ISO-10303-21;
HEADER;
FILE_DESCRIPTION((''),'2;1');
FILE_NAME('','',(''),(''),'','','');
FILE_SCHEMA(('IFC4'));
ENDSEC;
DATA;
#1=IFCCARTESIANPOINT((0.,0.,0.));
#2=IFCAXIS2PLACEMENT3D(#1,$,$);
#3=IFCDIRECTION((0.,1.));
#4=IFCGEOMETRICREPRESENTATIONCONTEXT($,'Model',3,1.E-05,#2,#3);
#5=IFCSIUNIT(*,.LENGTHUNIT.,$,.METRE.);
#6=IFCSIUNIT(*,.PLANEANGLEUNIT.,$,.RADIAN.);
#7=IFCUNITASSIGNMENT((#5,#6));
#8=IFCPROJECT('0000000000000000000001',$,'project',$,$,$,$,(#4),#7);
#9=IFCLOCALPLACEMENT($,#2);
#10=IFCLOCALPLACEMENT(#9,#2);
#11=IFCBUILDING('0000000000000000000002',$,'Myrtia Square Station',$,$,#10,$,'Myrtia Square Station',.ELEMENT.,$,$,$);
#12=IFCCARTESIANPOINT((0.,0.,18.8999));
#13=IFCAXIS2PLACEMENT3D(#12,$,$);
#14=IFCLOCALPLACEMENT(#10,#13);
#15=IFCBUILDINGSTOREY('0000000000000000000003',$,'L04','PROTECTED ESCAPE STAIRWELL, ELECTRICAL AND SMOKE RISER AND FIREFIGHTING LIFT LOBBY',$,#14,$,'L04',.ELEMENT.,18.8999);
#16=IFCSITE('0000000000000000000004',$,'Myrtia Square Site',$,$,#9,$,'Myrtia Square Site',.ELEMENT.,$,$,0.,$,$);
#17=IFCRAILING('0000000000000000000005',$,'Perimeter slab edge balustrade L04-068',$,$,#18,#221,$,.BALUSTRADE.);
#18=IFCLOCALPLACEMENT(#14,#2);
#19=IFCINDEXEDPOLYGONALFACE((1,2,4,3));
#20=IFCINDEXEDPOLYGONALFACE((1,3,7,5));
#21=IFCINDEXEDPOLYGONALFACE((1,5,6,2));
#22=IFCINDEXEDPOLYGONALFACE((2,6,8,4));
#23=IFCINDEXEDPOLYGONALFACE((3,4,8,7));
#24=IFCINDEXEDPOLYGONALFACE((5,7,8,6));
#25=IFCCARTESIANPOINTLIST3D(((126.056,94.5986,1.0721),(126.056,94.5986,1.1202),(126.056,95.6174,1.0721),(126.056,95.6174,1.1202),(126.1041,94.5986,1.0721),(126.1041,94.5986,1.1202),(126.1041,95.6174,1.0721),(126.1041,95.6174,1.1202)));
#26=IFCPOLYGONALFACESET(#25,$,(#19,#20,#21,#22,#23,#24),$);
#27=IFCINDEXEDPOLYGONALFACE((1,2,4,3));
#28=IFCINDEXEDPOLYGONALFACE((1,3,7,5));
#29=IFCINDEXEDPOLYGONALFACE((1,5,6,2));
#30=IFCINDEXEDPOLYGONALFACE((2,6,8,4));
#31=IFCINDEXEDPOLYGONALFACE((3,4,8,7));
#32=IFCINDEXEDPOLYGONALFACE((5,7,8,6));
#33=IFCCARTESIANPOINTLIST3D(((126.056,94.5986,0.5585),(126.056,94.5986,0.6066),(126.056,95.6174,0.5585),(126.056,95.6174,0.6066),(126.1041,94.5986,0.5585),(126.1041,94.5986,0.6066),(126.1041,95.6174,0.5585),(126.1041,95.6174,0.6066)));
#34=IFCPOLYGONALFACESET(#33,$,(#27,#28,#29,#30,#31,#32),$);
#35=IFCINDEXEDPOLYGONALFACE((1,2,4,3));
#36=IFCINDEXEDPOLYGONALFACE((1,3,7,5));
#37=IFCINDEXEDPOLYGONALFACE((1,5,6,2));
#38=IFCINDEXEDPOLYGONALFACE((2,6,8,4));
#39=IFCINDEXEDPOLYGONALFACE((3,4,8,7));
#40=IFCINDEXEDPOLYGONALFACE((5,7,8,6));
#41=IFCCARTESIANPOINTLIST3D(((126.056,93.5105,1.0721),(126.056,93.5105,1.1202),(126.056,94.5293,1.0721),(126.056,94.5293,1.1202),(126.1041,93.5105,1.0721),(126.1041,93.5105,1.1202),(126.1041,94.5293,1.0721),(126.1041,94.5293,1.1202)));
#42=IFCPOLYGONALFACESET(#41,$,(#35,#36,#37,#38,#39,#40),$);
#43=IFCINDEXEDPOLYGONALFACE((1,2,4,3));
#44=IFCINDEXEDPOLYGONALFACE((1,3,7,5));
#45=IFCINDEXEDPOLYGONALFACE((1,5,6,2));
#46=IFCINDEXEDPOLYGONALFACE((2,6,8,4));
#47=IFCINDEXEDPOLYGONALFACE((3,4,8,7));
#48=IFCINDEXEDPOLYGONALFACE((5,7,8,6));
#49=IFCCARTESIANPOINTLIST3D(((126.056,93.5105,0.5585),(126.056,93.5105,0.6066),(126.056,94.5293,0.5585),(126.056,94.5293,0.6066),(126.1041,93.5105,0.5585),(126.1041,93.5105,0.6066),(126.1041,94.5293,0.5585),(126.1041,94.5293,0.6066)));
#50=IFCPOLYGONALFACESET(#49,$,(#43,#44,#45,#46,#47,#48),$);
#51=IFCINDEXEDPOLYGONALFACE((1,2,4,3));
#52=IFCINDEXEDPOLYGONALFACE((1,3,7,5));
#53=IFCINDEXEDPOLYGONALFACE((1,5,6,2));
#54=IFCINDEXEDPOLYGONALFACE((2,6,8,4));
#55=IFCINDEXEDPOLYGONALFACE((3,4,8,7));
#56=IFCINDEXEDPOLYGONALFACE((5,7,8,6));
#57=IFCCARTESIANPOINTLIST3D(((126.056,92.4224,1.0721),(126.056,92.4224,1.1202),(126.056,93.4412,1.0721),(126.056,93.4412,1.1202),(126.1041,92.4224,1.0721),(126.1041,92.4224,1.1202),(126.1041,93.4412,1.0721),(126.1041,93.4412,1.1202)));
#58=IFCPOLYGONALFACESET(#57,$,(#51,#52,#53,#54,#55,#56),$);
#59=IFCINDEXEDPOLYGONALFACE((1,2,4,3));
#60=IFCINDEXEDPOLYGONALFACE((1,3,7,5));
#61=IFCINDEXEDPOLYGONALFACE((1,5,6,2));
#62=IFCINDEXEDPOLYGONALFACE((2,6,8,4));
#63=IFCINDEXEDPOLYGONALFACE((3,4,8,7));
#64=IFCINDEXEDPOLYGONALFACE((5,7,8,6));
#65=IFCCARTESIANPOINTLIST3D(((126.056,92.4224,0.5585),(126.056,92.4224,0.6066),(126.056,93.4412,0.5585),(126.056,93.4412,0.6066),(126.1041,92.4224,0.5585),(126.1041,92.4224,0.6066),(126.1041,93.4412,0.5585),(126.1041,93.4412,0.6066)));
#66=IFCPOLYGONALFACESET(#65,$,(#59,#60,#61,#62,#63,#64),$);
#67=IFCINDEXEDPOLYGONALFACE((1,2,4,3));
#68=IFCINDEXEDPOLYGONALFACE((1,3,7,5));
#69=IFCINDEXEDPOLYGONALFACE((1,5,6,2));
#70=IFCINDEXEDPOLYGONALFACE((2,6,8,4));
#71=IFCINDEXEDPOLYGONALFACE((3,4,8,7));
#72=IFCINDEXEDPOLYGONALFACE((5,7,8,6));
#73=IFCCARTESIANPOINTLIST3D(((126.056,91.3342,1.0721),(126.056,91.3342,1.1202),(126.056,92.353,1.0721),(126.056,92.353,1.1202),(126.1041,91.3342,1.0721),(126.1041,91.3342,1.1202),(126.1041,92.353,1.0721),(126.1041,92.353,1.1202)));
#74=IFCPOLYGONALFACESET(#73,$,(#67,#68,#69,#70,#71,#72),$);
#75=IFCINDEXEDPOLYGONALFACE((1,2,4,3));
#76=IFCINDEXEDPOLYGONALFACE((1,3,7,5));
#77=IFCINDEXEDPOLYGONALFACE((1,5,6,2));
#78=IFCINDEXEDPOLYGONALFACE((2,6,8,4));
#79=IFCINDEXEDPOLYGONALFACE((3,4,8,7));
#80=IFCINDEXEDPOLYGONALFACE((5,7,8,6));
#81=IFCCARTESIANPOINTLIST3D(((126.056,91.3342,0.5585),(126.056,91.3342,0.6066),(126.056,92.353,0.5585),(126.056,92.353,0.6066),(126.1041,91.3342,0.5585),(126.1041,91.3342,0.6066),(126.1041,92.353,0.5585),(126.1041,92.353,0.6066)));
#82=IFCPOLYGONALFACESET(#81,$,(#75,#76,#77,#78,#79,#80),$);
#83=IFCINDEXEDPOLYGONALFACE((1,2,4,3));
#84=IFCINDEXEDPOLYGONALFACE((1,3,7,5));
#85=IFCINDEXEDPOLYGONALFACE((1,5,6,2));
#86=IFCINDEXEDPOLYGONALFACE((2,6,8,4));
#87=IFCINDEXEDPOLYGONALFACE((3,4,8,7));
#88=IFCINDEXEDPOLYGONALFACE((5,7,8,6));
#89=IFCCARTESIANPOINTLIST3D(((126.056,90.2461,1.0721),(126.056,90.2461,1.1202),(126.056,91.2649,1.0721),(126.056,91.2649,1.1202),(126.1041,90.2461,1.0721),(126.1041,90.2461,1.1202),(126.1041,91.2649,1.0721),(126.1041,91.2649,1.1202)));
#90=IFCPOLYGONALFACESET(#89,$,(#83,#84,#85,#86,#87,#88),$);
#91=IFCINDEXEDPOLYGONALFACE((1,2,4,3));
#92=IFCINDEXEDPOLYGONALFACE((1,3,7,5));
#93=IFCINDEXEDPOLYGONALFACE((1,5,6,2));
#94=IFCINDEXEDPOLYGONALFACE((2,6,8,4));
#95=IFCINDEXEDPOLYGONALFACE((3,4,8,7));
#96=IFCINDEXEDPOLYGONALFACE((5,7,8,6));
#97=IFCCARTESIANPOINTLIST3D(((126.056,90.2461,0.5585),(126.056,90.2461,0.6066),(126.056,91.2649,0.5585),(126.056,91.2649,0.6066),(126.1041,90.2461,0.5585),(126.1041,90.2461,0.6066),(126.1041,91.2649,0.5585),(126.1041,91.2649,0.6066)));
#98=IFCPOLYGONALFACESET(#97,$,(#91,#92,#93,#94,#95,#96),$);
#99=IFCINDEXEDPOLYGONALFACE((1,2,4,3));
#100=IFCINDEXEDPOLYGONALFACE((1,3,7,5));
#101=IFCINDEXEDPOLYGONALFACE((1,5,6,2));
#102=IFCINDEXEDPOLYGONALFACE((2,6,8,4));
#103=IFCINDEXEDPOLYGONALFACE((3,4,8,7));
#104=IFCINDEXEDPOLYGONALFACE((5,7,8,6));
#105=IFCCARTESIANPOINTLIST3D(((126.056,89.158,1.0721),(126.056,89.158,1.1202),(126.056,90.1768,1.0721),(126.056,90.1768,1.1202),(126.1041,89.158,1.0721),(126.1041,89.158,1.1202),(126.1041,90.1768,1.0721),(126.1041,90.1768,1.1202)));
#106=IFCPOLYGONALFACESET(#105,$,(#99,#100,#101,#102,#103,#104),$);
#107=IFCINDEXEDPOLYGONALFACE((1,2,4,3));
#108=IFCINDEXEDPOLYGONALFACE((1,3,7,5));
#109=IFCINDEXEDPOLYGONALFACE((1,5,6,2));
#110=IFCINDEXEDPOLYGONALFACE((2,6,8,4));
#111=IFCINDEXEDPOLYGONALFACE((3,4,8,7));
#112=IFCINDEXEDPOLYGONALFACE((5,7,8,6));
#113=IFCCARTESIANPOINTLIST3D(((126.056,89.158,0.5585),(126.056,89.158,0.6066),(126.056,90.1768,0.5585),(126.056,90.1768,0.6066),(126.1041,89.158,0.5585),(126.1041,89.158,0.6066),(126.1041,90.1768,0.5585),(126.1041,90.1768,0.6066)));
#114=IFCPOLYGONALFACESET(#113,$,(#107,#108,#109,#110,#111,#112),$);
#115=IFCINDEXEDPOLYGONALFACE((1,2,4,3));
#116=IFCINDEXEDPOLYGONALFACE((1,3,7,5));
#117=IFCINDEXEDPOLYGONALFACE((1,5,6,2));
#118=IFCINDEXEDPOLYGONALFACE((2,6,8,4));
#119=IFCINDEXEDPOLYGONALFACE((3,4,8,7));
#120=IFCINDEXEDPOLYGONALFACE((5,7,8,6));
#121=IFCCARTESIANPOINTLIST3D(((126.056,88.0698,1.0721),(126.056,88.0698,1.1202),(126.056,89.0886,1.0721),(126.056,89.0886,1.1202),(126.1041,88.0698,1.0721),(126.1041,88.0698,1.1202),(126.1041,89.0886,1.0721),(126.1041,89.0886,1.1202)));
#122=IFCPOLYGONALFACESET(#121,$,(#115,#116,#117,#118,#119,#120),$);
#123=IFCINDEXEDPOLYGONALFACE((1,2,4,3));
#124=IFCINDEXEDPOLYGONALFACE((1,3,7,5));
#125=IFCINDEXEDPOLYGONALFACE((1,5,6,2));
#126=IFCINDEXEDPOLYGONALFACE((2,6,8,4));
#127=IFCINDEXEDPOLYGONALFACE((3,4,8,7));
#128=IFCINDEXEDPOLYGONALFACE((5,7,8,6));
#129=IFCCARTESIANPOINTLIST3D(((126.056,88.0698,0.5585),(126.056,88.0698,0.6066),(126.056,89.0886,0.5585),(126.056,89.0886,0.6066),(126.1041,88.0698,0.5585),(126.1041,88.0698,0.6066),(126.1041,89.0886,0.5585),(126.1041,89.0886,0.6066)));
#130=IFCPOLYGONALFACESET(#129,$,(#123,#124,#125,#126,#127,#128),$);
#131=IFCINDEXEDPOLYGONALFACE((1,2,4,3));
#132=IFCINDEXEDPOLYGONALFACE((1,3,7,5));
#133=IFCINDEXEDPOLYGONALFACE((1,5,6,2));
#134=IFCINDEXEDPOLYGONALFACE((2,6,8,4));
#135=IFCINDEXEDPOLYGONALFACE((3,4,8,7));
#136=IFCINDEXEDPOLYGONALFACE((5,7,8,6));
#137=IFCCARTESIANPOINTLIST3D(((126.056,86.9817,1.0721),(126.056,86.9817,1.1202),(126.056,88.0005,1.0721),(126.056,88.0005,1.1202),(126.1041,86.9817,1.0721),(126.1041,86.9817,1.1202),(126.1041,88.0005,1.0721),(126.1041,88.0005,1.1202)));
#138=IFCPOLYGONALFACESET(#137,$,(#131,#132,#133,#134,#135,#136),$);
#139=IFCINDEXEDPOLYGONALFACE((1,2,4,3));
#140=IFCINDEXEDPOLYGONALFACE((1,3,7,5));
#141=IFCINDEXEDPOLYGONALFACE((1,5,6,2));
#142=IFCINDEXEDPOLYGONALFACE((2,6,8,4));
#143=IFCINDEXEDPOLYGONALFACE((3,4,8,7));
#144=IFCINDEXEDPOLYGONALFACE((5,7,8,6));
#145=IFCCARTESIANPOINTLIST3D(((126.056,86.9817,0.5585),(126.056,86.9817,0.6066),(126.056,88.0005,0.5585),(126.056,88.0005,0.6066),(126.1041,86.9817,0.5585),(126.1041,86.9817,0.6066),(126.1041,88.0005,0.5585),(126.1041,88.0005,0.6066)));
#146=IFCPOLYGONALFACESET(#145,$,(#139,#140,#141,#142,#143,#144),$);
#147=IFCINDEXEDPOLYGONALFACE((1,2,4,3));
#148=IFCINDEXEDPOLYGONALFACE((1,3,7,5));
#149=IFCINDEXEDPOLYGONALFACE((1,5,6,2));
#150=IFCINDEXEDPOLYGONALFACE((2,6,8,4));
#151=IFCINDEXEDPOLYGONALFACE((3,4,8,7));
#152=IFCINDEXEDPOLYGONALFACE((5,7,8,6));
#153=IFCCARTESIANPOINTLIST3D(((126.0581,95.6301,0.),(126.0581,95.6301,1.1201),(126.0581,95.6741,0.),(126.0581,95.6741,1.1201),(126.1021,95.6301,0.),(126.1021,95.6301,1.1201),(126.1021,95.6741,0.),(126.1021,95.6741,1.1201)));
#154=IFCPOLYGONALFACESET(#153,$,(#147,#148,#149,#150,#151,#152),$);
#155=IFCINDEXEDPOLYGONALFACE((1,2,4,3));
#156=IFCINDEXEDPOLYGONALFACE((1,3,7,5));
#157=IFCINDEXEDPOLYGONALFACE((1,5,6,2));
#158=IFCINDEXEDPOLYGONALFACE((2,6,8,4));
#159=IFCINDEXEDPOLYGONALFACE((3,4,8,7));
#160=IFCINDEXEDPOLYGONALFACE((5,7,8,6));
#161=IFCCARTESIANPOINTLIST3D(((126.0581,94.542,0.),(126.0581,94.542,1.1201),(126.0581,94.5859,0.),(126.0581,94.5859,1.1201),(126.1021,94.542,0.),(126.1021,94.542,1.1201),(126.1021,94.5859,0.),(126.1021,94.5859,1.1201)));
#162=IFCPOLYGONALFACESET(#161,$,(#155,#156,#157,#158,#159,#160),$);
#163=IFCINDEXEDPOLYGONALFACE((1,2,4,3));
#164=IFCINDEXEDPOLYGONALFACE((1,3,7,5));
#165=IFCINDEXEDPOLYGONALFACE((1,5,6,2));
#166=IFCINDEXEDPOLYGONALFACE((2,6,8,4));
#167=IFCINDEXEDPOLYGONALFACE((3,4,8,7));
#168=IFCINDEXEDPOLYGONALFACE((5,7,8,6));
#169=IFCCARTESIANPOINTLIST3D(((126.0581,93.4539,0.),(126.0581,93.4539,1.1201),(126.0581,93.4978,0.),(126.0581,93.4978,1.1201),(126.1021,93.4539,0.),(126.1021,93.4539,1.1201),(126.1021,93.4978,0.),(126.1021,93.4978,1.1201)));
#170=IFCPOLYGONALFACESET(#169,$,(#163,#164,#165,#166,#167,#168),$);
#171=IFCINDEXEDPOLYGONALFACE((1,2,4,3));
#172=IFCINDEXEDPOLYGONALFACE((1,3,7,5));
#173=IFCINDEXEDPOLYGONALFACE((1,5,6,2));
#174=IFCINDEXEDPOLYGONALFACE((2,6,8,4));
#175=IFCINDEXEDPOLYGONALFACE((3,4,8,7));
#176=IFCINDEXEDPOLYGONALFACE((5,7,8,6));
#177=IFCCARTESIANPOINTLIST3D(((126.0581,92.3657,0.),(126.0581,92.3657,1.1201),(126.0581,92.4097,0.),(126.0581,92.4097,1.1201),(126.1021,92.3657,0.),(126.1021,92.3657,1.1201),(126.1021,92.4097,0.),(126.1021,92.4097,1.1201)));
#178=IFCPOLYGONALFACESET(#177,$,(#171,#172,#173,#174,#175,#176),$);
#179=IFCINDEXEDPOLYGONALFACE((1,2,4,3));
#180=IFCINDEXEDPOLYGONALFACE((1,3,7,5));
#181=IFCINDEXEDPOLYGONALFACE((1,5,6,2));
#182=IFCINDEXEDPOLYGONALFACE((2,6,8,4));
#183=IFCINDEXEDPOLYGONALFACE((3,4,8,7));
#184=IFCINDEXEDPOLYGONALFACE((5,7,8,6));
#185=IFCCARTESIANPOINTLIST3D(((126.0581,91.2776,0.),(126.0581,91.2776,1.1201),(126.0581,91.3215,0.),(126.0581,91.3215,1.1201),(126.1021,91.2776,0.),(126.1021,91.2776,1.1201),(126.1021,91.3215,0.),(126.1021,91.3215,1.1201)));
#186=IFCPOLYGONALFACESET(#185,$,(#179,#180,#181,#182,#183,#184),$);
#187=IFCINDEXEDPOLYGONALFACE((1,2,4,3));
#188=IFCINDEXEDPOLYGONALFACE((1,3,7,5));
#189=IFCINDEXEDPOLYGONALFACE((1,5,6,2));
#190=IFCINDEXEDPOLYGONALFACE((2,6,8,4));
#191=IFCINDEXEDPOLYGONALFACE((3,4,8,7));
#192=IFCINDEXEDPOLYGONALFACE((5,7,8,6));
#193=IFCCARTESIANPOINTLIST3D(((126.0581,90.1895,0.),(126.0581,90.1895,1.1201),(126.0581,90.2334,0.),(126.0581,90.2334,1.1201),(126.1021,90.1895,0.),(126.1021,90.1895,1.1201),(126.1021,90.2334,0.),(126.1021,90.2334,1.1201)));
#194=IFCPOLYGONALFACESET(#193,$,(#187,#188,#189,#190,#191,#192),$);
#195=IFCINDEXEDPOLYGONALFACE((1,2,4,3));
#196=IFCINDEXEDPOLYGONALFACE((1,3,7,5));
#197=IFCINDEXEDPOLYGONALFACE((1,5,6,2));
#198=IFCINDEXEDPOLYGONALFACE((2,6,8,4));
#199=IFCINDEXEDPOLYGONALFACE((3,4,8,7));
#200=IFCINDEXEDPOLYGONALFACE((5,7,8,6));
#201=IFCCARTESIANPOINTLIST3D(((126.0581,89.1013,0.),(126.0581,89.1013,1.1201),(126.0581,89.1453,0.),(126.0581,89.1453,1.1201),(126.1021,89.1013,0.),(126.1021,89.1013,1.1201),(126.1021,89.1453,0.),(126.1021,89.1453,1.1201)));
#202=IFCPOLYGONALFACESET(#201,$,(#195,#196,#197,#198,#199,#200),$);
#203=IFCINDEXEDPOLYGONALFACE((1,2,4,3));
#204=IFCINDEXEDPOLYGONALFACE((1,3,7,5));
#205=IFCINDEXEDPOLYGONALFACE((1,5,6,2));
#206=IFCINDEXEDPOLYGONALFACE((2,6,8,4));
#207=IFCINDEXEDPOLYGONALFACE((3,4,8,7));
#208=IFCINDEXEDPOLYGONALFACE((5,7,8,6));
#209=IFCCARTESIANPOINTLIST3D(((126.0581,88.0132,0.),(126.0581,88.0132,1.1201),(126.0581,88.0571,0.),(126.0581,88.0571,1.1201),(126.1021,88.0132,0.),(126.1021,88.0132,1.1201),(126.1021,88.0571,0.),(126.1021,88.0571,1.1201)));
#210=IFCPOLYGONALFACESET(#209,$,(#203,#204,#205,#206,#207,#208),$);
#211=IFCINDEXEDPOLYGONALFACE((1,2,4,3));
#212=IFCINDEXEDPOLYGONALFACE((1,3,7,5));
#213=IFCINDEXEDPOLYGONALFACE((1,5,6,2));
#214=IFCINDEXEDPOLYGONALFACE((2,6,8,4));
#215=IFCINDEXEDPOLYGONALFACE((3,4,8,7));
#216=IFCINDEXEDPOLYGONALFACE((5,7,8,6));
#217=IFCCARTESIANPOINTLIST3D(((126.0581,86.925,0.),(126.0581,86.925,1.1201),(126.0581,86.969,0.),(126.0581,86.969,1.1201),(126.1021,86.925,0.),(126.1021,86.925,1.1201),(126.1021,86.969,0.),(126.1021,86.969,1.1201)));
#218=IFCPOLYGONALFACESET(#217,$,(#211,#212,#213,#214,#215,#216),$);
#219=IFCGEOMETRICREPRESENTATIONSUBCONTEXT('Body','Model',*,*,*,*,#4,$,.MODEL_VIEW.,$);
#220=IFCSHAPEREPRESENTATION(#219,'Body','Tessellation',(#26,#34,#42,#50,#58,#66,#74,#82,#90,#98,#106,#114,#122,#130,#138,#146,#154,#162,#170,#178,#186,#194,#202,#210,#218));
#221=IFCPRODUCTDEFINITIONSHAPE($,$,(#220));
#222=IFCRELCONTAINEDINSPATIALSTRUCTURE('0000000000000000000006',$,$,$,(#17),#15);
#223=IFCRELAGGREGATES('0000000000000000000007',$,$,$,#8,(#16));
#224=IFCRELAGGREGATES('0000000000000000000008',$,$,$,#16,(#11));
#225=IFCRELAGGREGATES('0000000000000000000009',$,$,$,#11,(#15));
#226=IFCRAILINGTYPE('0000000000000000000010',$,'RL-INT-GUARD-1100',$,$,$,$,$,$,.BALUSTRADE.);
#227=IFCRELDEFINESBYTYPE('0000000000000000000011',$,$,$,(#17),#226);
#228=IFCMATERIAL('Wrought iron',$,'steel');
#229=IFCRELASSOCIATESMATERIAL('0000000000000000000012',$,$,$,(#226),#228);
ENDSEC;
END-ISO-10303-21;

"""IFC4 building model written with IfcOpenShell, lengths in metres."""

from ifc_helpers import new_model, si_unit, direction, frame, origin, origin_2d, place, context, subcontext, project, spatial, rectangle, extrude, material, type_object, element, save


model = new_model("IFC4")

# Units and contexts
model_context = context("Model", 3, precision=1e-05, world=origin(), true_north=direction((0.0, 1.0)))
body_context = subcontext(model_context, "Body", "Model", "MODEL_VIEW")
ifc_project = project(units=[si_unit("LENGTHUNIT", "METRE"), si_unit("PLANEANGLEUNIT", "RADIAN")], contexts=[model_context])

# Site, building, storey
site_placement = place(None, origin())
site = spatial("IfcSite", under=ifc_project, at=site_placement, Name="Myrtia Square Site", LongName="Myrtia Square Site", CompositionType="ELEMENT", RefElevation=0.0)
building_placement = place(site_placement, origin())
building = spatial("IfcBuilding", under=site, at=building_placement, Name="Myrtia Square Station", LongName="Myrtia Square Station", CompositionType="ELEMENT")
storey_placement = place(building_placement, frame((0.0, 0.0, 18.8999)))
storey = spatial("IfcBuildingStorey", under=building, at=storey_placement, Name="L04", Description="PROTECTED ESCAPE STAIRWELL, ELECTRICAL AND SMOKE RISER AND FIREFIGHTING LIFT LOBBY", LongName="L04", CompositionType="ELEMENT", Elevation=18.8999)

# Railing
ifc_material_1 = material(Name="Wrought iron", Category="steel")
railing_type = type_object("IfcRailingType", Name="RL-INT-GUARD-1100", PredefinedType="BALUSTRADE", material=ifc_material_1)
railing_1_placement = place(storey_placement, frame((126.0801, 95.6521, 0.0)))
element("IfcRailing", 1, at=railing_1_placement, inside=storey, type_object=railing_type, Name="Perimeter slab edge balustrade L04-068", PredefinedType="BALUSTRADE", context=body_context, shape_type="SweptSolid", body=[
    extrude(rectangle(XDim=0.0481, YDim=0.0481, at=origin_2d()), frame((0.0, -0.0347, 1.0962), z_axis=(0.0, -1.0, 0.0), x_axis=(1.0, 0.0, 0.0)), (0.0, 0.0, 1.0), 1.0188),
    extrude(rectangle(XDim=0.0481, YDim=0.0481, at=origin_2d()), frame((0.0, -0.0347, 0.5825), z_axis=(0.0, -1.0, 0.0), x_axis=(1.0, 0.0, 0.0)), (0.0, 0.0, 1.0), 1.0188),
    extrude(rectangle(XDim=0.0481, YDim=0.0481, at=origin_2d()), frame((0.0, -1.1228, 1.0962), z_axis=(0.0, -1.0, 0.0), x_axis=(1.0, 0.0, 0.0)), (0.0, 0.0, 1.0), 1.0188),
    extrude(rectangle(XDim=0.0481, YDim=0.0481, at=origin_2d()), frame((0.0, -1.1228, 0.5825), z_axis=(0.0, -1.0, 0.0), x_axis=(1.0, 0.0, 0.0)), (0.0, 0.0, 1.0), 1.0188),
    extrude(rectangle(XDim=0.0481, YDim=0.0481, at=origin_2d()), frame((0.0, -2.2109, 1.0962), z_axis=(0.0, -1.0, 0.0), x_axis=(1.0, 0.0, 0.0)), (0.0, 0.0, 1.0), 1.0188),
    extrude(rectangle(XDim=0.0481, YDim=0.0481, at=origin_2d()), frame((0.0, -2.2109, 0.5825), z_axis=(0.0, -1.0, 0.0), x_axis=(1.0, 0.0, 0.0)), (0.0, 0.0, 1.0), 1.0188),
    extrude(rectangle(XDim=0.0481, YDim=0.0481, at=origin_2d()), frame((0.0, -3.2991, 1.0962), z_axis=(0.0, -1.0, 0.0), x_axis=(1.0, 0.0, 0.0)), (0.0, 0.0, 1.0), 1.0188),
    extrude(rectangle(XDim=0.0481, YDim=0.0481, at=origin_2d()), frame((0.0, -3.2991, 0.5825), z_axis=(0.0, -1.0, 0.0), x_axis=(1.0, 0.0, 0.0)), (0.0, 0.0, 1.0), 1.0188),
    extrude(rectangle(XDim=0.0481, YDim=0.0481, at=origin_2d()), frame((0.0, -4.3872, 1.0962), z_axis=(0.0, -1.0, 0.0), x_axis=(1.0, 0.0, 0.0)), (0.0, 0.0, 1.0), 1.0188),
    extrude(rectangle(XDim=0.0481, YDim=0.0481, at=origin_2d()), frame((0.0, -4.3872, 0.5825), z_axis=(0.0, -1.0, 0.0), x_axis=(1.0, 0.0, 0.0)), (0.0, 0.0, 1.0), 1.0188),
    extrude(rectangle(XDim=0.0481, YDim=0.0481, at=origin_2d()), frame((0.0, -5.4753, 1.0962), z_axis=(0.0, -1.0, 0.0), x_axis=(1.0, 0.0, 0.0)), (0.0, 0.0, 1.0), 1.0188),
    extrude(rectangle(XDim=0.0481, YDim=0.0481, at=origin_2d()), frame((0.0, -5.4753, 0.5825), z_axis=(0.0, -1.0, 0.0), x_axis=(1.0, 0.0, 0.0)), (0.0, 0.0, 1.0), 1.0188),
    extrude(rectangle(XDim=0.0481, YDim=0.0481, at=origin_2d()), frame((0.0, -6.5635, 1.0962), z_axis=(0.0, -1.0, 0.0), x_axis=(1.0, 0.0, 0.0)), (0.0, 0.0, 1.0), 1.0188),
    extrude(rectangle(XDim=0.0481, YDim=0.0481, at=origin_2d()), frame((0.0, -6.5635, 0.5825), z_axis=(0.0, -1.0, 0.0), x_axis=(1.0, 0.0, 0.0)), (0.0, 0.0, 1.0), 1.0188),
    extrude(rectangle(XDim=0.0481, YDim=0.0481, at=origin_2d()), frame((0.0, -7.6516, 1.0962), z_axis=(0.0, -1.0, 0.0), x_axis=(1.0, 0.0, 0.0)), (0.0, 0.0, 1.0), 1.0188),
    extrude(rectangle(XDim=0.0481, YDim=0.0481, at=origin_2d()), frame((0.0, -7.6516, 0.5825), z_axis=(0.0, -1.0, 0.0), x_axis=(1.0, 0.0, 0.0)), (0.0, 0.0, 1.0), 1.0188),
    extrude(rectangle(XDim=0.0439, YDim=0.0439, at=origin_2d()), origin(), (0.0, 0.0, 1.0), 1.1201),
    extrude(rectangle(XDim=0.0439, YDim=0.0439, at=origin_2d()), frame((0.0, -1.0881, 0.0)), (0.0, 0.0, 1.0), 1.1201),
    extrude(rectangle(XDim=0.0439, YDim=0.0439, at=origin_2d()), frame((0.0, -2.1763, 0.0)), (0.0, 0.0, 1.0), 1.1201),
    extrude(rectangle(XDim=0.0439, YDim=0.0439, at=origin_2d()), frame((0.0, -3.2644, 0.0)), (0.0, 0.0, 1.0), 1.1201),
    extrude(rectangle(XDim=0.0439, YDim=0.0439, at=origin_2d()), frame((0.0, -4.3525, 0.0)), (0.0, 0.0, 1.0), 1.1201),
    extrude(rectangle(XDim=0.0439, YDim=0.0439, at=origin_2d()), frame((0.0, -5.4407, 0.0)), (0.0, 0.0, 1.0), 1.1201),
    extrude(rectangle(XDim=0.0439, YDim=0.0439, at=origin_2d()), frame((0.0, -6.5288, 0.0)), (0.0, 0.0, 1.0), 1.1201),
    extrude(rectangle(XDim=0.0439, YDim=0.0439, at=origin_2d()), frame((0.0, -7.6169, 0.0)), (0.0, 0.0, 1.0), 1.1201),
    extrude(rectangle(XDim=0.0439, YDim=0.0439, at=origin_2d()), frame((0.0, -8.7051, 0.0)), (0.0, 0.0, 1.0), 1.1201),
])

save(model, "model.ifc")
